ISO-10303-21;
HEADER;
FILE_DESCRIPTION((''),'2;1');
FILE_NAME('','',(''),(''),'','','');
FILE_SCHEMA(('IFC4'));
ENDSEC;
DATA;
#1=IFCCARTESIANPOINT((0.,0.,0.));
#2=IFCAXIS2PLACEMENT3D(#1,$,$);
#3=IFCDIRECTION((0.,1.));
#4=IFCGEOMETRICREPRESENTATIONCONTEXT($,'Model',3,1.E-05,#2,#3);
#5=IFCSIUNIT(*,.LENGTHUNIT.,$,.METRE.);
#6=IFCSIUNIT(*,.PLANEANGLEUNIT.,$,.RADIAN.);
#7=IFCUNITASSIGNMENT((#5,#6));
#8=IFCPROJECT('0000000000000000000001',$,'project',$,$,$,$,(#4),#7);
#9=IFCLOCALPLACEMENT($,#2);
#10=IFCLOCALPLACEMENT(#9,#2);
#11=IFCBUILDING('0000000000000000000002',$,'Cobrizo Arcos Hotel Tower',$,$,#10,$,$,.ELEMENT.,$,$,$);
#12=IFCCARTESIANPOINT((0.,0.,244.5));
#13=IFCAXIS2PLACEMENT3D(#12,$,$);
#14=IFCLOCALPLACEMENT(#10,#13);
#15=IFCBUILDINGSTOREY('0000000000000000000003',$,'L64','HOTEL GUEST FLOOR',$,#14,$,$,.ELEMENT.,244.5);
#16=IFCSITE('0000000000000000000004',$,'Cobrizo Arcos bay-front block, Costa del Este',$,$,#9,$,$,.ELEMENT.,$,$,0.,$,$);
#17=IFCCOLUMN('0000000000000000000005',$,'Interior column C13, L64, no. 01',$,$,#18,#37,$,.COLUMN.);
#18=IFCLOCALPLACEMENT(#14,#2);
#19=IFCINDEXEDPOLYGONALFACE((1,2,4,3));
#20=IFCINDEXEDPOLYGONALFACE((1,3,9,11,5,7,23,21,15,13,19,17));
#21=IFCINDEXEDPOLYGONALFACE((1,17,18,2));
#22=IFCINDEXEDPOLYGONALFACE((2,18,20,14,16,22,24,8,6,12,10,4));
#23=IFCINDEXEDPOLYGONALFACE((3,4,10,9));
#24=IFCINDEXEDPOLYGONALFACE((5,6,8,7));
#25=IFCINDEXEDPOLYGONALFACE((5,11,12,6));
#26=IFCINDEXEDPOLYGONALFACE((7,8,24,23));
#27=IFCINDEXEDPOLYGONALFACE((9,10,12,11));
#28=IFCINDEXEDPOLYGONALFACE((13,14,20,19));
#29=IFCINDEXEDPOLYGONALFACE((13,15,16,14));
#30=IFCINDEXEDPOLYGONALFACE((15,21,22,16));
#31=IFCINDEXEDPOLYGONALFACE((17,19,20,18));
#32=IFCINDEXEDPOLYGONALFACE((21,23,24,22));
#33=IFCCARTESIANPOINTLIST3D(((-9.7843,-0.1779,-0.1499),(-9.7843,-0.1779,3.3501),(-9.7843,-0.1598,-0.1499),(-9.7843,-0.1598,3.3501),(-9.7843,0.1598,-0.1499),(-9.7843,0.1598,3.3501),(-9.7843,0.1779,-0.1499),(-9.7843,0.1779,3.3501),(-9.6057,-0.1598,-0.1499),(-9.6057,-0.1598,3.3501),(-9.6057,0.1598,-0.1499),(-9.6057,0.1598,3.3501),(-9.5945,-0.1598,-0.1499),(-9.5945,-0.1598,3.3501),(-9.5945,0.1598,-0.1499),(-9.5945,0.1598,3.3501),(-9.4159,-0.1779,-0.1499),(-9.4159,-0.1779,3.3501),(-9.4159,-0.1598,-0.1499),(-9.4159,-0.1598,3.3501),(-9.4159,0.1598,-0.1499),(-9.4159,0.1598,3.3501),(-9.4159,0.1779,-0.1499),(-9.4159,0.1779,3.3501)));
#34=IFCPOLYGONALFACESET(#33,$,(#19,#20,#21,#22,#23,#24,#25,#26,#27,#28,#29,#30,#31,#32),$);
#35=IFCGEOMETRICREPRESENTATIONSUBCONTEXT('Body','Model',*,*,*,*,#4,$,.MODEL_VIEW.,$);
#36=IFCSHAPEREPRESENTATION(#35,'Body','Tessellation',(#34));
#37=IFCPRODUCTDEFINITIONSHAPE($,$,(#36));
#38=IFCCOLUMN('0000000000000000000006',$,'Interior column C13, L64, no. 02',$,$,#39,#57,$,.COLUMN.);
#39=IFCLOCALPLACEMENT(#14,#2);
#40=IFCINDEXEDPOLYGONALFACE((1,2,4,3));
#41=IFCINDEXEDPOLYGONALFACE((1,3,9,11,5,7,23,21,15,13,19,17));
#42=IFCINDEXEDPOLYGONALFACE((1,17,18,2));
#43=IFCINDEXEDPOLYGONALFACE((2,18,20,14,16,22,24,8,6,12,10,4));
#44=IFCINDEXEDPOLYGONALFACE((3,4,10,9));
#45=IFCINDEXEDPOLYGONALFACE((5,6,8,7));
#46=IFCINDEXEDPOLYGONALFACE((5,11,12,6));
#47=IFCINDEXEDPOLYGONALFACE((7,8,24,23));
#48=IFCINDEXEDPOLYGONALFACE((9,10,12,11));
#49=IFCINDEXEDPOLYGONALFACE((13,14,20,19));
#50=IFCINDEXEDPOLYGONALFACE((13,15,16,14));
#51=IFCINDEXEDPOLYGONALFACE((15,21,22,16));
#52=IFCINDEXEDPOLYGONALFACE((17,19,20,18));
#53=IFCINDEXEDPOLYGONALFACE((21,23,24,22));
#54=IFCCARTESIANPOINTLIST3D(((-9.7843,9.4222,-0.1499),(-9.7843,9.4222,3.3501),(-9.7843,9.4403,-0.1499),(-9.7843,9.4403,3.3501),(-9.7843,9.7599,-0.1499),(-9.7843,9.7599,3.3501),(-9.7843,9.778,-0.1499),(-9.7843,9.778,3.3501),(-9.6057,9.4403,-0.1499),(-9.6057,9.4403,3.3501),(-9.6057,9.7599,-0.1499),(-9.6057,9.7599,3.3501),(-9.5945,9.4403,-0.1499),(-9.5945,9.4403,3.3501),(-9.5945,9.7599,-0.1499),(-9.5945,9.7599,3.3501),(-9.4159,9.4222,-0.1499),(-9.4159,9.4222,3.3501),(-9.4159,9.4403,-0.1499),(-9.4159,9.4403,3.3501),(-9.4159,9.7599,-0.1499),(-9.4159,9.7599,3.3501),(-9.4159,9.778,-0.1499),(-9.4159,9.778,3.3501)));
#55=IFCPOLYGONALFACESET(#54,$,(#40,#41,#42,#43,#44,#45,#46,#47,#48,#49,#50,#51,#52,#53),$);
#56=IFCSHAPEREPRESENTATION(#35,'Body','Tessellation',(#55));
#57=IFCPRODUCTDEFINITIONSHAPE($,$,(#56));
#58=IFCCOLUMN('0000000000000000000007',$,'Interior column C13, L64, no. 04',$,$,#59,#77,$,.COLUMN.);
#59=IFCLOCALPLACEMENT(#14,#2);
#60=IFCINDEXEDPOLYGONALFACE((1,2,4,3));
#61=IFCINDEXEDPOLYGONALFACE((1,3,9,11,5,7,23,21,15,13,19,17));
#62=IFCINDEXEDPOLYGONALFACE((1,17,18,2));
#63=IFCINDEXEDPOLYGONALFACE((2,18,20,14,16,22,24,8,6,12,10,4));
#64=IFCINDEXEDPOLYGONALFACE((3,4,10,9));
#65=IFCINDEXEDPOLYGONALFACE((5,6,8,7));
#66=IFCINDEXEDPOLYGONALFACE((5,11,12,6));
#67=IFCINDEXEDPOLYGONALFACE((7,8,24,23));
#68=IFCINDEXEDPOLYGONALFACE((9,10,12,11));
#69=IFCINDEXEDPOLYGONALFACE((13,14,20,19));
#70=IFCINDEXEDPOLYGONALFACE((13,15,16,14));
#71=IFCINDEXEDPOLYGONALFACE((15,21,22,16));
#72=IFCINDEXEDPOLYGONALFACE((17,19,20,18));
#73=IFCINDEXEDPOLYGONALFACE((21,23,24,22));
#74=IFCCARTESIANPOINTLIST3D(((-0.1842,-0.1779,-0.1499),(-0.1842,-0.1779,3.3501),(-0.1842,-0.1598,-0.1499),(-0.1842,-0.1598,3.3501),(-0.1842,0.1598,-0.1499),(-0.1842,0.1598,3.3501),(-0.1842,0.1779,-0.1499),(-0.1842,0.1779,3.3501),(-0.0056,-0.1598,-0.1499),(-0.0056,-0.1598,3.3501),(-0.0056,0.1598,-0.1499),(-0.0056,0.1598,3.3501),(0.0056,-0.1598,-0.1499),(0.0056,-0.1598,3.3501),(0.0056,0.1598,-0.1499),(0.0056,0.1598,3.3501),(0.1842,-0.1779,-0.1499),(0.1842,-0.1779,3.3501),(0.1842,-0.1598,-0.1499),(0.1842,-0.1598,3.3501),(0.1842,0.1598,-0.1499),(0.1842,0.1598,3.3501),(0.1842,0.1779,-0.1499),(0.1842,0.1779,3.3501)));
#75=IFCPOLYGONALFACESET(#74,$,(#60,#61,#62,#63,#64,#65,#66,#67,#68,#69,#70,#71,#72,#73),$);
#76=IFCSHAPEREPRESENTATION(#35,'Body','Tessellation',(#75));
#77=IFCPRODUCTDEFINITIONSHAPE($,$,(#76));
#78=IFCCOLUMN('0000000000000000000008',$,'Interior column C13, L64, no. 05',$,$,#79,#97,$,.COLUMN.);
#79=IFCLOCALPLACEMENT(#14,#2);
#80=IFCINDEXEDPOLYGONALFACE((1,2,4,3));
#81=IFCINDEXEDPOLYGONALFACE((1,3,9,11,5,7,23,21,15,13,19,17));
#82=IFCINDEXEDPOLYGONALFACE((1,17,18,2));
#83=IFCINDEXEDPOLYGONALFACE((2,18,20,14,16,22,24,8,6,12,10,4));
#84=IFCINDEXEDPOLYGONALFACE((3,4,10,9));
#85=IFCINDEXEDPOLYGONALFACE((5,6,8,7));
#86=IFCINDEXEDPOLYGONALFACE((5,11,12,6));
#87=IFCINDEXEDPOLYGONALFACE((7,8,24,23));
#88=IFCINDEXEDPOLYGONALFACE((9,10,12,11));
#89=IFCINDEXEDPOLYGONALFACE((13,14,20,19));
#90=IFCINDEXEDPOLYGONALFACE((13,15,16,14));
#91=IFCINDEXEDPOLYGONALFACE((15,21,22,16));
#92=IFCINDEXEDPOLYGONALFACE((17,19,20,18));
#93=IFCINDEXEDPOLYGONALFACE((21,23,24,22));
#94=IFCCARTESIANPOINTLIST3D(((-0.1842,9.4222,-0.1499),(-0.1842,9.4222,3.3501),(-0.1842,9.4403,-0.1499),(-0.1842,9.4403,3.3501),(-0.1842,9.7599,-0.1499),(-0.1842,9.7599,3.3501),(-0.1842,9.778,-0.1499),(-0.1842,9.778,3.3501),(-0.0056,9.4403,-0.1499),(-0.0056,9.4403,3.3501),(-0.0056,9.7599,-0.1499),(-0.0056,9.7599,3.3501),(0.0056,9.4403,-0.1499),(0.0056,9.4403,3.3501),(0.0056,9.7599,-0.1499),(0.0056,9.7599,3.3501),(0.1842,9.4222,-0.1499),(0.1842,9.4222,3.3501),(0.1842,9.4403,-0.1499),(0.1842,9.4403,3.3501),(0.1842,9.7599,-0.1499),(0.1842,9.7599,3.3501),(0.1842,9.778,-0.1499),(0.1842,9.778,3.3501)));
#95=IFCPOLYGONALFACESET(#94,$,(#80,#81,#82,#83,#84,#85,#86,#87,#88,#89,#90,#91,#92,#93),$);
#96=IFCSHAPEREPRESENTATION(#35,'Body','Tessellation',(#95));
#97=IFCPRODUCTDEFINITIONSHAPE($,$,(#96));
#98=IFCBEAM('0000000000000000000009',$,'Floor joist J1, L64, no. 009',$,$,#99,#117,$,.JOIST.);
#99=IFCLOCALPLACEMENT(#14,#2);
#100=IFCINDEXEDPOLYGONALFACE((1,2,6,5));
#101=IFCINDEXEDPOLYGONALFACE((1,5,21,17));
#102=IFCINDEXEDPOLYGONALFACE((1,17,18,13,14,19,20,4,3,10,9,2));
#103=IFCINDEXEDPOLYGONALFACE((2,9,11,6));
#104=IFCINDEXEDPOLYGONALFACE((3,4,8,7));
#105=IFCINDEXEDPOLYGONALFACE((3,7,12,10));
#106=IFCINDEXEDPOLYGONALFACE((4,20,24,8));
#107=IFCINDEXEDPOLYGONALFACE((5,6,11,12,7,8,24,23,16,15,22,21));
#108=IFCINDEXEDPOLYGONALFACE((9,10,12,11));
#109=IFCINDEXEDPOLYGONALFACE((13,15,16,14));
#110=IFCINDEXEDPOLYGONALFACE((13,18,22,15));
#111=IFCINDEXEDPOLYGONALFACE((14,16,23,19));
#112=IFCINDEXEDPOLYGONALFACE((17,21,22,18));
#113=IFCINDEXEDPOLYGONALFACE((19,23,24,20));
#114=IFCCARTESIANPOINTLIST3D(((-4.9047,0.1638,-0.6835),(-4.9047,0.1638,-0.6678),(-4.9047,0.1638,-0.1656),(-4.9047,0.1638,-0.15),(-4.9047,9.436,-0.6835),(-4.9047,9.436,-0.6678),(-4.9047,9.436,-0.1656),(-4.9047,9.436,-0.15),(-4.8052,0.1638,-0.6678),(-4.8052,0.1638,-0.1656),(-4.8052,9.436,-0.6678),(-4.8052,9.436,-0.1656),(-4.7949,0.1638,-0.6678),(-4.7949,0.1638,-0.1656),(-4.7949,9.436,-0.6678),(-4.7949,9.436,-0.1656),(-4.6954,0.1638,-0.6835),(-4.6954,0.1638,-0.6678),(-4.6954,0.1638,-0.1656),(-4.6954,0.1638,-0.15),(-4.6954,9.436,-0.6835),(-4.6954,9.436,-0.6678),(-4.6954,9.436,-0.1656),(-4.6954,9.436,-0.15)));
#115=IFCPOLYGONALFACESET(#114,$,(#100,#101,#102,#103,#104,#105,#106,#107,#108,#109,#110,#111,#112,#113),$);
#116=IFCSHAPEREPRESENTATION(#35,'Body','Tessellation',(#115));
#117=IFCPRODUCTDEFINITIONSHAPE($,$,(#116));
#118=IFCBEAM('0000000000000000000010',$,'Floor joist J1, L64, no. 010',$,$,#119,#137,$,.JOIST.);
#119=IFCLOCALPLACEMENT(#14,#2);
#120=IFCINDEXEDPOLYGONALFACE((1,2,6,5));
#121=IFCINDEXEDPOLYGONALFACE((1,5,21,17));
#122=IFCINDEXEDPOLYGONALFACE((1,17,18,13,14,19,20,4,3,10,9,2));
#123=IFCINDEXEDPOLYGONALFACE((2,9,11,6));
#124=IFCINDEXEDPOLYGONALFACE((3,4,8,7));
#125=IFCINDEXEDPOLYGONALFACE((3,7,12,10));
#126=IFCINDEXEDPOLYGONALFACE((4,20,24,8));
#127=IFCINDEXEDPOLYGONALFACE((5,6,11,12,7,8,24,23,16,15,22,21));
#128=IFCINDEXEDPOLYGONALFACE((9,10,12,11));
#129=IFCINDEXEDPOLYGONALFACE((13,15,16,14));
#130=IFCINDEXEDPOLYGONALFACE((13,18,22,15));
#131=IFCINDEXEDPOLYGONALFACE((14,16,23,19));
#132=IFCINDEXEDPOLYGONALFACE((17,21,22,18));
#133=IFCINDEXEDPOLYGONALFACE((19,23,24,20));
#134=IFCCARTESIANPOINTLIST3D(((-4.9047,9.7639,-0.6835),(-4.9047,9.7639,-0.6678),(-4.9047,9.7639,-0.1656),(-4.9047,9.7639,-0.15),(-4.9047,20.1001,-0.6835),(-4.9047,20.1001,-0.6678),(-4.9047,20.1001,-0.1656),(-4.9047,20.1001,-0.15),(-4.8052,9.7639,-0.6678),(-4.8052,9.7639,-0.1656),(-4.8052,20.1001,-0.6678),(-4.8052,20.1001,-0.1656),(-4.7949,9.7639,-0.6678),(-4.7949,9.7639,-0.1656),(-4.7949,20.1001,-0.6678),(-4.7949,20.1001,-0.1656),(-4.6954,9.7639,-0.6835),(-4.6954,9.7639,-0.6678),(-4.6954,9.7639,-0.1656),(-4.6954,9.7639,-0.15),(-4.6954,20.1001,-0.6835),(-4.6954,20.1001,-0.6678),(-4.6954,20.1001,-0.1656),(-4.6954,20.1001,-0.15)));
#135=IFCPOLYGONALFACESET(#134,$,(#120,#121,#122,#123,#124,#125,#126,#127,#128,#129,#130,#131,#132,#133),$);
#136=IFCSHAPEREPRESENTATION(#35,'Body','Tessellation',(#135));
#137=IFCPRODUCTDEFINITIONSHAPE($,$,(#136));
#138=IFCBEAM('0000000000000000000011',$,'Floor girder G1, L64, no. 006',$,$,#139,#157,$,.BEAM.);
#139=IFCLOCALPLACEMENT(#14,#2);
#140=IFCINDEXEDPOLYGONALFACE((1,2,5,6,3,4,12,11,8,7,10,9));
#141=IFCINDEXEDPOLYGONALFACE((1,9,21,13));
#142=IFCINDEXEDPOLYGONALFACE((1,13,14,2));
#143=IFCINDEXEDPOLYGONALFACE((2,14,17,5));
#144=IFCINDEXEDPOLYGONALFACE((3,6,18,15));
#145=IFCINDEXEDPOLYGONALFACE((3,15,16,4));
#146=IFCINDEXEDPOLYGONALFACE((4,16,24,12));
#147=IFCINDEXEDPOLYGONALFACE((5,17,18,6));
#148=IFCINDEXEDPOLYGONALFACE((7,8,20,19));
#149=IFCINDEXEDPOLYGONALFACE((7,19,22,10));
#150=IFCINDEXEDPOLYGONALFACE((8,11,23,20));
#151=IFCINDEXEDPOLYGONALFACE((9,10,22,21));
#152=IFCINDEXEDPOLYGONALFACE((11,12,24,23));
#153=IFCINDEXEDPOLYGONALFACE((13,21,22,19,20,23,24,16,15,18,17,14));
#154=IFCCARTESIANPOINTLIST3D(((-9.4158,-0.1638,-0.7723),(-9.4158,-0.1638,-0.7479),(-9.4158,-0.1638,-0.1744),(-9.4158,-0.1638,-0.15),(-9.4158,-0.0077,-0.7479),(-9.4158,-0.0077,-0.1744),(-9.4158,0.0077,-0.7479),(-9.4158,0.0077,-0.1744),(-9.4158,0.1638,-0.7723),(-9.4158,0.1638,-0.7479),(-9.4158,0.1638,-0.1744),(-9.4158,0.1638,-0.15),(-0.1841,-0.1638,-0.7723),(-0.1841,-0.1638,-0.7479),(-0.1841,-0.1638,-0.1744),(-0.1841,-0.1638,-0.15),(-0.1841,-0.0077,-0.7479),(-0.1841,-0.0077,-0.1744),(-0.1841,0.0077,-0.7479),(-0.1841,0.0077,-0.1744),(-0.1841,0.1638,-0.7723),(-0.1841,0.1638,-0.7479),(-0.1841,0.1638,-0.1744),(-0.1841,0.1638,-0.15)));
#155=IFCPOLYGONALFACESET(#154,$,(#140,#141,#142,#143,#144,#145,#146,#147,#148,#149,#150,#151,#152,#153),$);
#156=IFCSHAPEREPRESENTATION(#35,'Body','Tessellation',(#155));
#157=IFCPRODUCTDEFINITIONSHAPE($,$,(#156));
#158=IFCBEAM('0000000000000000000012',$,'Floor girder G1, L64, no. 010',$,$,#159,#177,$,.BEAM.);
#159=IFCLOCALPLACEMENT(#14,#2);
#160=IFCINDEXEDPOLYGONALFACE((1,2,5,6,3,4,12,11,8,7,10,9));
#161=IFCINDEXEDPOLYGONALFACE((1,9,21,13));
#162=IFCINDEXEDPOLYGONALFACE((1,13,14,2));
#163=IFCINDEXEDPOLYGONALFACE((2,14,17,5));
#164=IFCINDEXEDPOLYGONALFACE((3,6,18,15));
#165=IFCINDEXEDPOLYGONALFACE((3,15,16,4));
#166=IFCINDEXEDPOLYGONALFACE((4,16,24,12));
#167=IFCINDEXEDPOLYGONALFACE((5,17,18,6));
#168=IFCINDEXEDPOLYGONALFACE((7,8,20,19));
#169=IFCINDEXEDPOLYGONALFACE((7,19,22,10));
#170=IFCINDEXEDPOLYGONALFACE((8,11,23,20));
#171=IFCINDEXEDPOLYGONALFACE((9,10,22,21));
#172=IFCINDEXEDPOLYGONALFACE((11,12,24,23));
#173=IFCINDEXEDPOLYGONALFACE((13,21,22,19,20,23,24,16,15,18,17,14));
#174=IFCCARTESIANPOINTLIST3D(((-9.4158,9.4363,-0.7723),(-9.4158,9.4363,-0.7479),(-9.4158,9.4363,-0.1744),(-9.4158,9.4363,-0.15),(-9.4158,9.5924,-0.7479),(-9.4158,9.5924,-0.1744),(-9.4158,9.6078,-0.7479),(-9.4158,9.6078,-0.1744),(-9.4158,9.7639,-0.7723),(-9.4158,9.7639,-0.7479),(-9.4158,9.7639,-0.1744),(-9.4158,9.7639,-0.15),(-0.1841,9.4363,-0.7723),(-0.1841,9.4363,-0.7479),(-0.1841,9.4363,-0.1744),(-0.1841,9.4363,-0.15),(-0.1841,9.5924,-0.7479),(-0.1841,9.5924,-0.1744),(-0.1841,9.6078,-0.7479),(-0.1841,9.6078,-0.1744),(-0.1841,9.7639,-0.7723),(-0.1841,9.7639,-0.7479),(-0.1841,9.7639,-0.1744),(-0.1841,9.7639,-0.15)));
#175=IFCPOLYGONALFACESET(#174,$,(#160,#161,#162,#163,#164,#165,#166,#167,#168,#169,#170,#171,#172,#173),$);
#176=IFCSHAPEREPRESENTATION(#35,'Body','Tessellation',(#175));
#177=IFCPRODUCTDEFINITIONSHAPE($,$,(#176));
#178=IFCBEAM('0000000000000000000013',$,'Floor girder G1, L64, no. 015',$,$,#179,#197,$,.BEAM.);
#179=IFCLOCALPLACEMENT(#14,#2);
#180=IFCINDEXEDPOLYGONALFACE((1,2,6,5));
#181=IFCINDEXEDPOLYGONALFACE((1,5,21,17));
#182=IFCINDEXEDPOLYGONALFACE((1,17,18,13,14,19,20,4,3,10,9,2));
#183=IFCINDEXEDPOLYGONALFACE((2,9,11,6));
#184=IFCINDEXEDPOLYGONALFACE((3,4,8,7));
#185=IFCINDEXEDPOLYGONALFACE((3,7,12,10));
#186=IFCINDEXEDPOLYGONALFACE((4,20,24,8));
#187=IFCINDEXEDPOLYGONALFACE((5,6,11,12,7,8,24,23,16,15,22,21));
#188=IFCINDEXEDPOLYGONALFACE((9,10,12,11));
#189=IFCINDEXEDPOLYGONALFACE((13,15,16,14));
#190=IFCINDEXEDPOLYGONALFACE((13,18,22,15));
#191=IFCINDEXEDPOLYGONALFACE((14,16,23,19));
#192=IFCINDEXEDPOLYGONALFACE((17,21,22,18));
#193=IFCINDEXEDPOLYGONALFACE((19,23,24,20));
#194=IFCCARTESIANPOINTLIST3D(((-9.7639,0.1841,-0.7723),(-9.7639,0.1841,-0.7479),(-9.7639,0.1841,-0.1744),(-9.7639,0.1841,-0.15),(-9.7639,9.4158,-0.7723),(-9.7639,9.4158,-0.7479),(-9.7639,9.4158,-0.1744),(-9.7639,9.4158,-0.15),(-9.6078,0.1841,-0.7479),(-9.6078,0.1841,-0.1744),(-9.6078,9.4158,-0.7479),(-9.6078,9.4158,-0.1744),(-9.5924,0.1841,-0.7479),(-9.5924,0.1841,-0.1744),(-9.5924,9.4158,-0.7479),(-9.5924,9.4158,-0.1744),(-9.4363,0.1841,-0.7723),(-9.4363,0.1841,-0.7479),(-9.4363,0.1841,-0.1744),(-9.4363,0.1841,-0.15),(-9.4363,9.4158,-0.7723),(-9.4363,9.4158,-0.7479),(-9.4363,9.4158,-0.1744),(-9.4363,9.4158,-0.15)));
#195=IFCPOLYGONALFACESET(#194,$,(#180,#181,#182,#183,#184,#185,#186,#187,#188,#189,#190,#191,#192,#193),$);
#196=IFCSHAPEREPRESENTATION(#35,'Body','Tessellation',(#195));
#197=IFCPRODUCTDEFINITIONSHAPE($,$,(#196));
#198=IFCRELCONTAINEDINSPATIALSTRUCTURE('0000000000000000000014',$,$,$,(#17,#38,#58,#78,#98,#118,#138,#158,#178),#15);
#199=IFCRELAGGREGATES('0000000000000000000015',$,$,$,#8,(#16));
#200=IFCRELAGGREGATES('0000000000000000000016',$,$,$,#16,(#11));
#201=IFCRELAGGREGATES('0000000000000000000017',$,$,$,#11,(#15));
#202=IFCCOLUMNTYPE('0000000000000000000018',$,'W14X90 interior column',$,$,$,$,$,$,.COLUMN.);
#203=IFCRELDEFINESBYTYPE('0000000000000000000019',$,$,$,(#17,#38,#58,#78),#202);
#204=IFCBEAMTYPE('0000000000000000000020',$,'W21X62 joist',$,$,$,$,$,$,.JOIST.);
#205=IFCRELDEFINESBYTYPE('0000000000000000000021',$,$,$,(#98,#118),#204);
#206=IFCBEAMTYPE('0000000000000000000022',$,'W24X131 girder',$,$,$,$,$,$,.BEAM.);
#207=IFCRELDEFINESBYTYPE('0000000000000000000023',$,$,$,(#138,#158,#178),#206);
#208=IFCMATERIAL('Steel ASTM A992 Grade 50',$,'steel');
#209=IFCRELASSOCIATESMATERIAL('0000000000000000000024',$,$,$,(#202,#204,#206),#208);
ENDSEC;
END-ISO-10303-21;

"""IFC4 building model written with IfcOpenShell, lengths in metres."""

from ifc_helpers import new_model, si_unit, direction, frame, origin, origin_2d, place, context, subcontext, project, spatial, i_section, extrude, material, material_profile, profile_set, type_object, element, save


model = new_model("IFC4")

# Units and contexts
model_context = context("Model", 3, precision=1e-05, world=origin(), true_north=direction((0.0, 1.0)))
body_context = subcontext(model_context, "Body", "Model", "MODEL_VIEW")
ifc_project = project(units=[si_unit("LENGTHUNIT", "METRE"), si_unit("PLANEANGLEUNIT", "RADIAN")], contexts=[model_context])

# Site, building, storey
site_placement = place(None, origin())
site = spatial("IfcSite", under=ifc_project, at=site_placement, Name="Cobrizo Arcos bay-front block, Costa del Este", CompositionType="ELEMENT", RefElevation=0.0)
building_placement = place(site_placement, origin())
building = spatial("IfcBuilding", under=site, at=building_placement, Name="Cobrizo Arcos Hotel Tower", CompositionType="ELEMENT")
storey_placement = place(building_placement, frame((0.0, 0.0, 244.5)))
storey = spatial("IfcBuildingStorey", under=building, at=storey_placement, Name="L64", Description="HOTEL GUEST FLOOR", CompositionType="ELEMENT", Elevation=244.5)

# Columns
ifc_material_1 = material(Name="Steel ASTM A992 Grade 50", Category="steel")
ifc_material_profile_1 = material_profile(ifc_material_1, i_section(OverallWidth=0.3684, OverallDepth=0.3557, WebThickness=0.0112, FlangeThickness=0.0181, at=origin_2d()), Name="W14X90")
ifc_profile_set_1 = profile_set([ifc_material_profile_1], Name="Steel ASTM A992 Grade 50")
column_type = type_object("IfcColumnType", Name="W14X90 interior column", PredefinedType="COLUMN", material=ifc_profile_set_1)
for number, where, z_axis, x_axis, name in (
    (1, (-9.6001, 0.0, -0.1499), (0.0, 0.0, 1.0), (1.0, 0.0, 0.0), "Interior column C13, L64, no. 01"),
    (2, (-9.6001, 9.6001, -0.1499), (0.0, 0.0, 1.0), (1.0, 0.0, 0.0), "Interior column C13, L64, no. 02"),
    (3, (0.0, 0.0, -0.1499), (0.0, 0.0, 1.0), (1.0, 0.0, 0.0), "Interior column C13, L64, no. 04"),
    (4, (0.0, 9.6001, -0.1499), (0.0, 0.0, 1.0), (1.0, 0.0, 0.0), "Interior column C13, L64, no. 05"),
):
    element("IfcColumn", number, at=place(storey_placement, frame(where, z_axis=z_axis, x_axis=x_axis)), inside=storey, type_object=column_type, Name=name, PredefinedType="COLUMN", context=body_context, shape_type="SweptSolid", body=[
        extrude(i_section(OverallWidth=0.3684, OverallDepth=0.3557, WebThickness=0.0112, FlangeThickness=0.0181, at=origin_2d()), origin(), (0.0, 0.0, 1.0), 3.5),
    ])

# Beams
ifc_material_profile_2 = material_profile(ifc_material_1, i_section(OverallWidth=0.2092, OverallDepth=0.5334, WebThickness=0.0103, FlangeThickness=0.0156, at=origin_2d()), Name="W21X62")
ifc_profile_set_2 = profile_set([ifc_material_profile_2], Name="Steel ASTM A992 Grade 50")
beam_type_1 = type_object("IfcBeamType", Name="W21X62 joist", PredefinedType="JOIST", material=ifc_profile_set_2)
beam_1_placement = place(storey_placement, frame((-4.8, 0.1638, -0.4167), z_axis=(0.0, 1.0, 0.0), x_axis=(-1.0, 0.0, 0.0)))
element("IfcBeam", 5, at=beam_1_placement, inside=storey, type_object=beam_type_1, Name="Floor joist J1, L64, no. 009", PredefinedType="JOIST", context=body_context, shape_type="SweptSolid", body=[
    extrude(i_section(OverallWidth=0.2092, OverallDepth=0.5334, WebThickness=0.0103, FlangeThickness=0.0156, at=origin_2d()), origin(), (0.0, 0.0, 1.0), 9.2722),
])
beam_2_placement = place(storey_placement, frame((-4.8, 9.7639, -0.4167), z_axis=(0.0, 1.0, 0.0), x_axis=(-1.0, 0.0, 0.0)))
element("IfcBeam", 6, at=beam_2_placement, inside=storey, type_object=beam_type_1, Name="Floor joist J1, L64, no. 010", PredefinedType="JOIST", context=body_context, shape_type="SweptSolid", body=[
    extrude(i_section(OverallWidth=0.2092, OverallDepth=0.5334, WebThickness=0.0103, FlangeThickness=0.0156, at=origin_2d()), origin(), (0.0, 0.0, 1.0), 10.3362),
])
ifc_material_profile_3 = material_profile(ifc_material_1, i_section(OverallWidth=0.3276, OverallDepth=0.6223, WebThickness=0.0154, FlangeThickness=0.0244, at=origin_2d()), Name="W24X131")
ifc_profile_set_3 = profile_set([ifc_material_profile_3], Name="Steel ASTM A992 Grade 50")
beam_type_2 = type_object("IfcBeamType", Name="W24X131 girder", PredefinedType="BEAM", material=ifc_profile_set_3)
for number, where, z_axis, x_axis, name in (
    (7, (-9.4158, 0.0, -0.4612), (1.0, 0.0, 0.0), (0.0, 1.0, 0.0), "Floor girder G1, L64, no. 006"),
    (8, (-9.4158, 9.6001, -0.4612), (1.0, 0.0, 0.0), (0.0, 1.0, 0.0), "Floor girder G1, L64, no. 010"),
    (9, (-9.6001, 0.1841, -0.4612), (0.0, 1.0, 0.0), (-1.0, 0.0, 0.0), "Floor girder G1, L64, no. 015"),
):
    element("IfcBeam", number, at=place(storey_placement, frame(where, z_axis=z_axis, x_axis=x_axis)), inside=storey, type_object=beam_type_2, Name=name, PredefinedType="BEAM", context=body_context, shape_type="SweptSolid", body=[
        extrude(i_section(OverallWidth=0.3276, OverallDepth=0.6223, WebThickness=0.0154, FlangeThickness=0.0244, at=origin_2d()), origin(), (0.0, 0.0, 1.0), 9.2317),
    ])

save(model, "model.ifc")
